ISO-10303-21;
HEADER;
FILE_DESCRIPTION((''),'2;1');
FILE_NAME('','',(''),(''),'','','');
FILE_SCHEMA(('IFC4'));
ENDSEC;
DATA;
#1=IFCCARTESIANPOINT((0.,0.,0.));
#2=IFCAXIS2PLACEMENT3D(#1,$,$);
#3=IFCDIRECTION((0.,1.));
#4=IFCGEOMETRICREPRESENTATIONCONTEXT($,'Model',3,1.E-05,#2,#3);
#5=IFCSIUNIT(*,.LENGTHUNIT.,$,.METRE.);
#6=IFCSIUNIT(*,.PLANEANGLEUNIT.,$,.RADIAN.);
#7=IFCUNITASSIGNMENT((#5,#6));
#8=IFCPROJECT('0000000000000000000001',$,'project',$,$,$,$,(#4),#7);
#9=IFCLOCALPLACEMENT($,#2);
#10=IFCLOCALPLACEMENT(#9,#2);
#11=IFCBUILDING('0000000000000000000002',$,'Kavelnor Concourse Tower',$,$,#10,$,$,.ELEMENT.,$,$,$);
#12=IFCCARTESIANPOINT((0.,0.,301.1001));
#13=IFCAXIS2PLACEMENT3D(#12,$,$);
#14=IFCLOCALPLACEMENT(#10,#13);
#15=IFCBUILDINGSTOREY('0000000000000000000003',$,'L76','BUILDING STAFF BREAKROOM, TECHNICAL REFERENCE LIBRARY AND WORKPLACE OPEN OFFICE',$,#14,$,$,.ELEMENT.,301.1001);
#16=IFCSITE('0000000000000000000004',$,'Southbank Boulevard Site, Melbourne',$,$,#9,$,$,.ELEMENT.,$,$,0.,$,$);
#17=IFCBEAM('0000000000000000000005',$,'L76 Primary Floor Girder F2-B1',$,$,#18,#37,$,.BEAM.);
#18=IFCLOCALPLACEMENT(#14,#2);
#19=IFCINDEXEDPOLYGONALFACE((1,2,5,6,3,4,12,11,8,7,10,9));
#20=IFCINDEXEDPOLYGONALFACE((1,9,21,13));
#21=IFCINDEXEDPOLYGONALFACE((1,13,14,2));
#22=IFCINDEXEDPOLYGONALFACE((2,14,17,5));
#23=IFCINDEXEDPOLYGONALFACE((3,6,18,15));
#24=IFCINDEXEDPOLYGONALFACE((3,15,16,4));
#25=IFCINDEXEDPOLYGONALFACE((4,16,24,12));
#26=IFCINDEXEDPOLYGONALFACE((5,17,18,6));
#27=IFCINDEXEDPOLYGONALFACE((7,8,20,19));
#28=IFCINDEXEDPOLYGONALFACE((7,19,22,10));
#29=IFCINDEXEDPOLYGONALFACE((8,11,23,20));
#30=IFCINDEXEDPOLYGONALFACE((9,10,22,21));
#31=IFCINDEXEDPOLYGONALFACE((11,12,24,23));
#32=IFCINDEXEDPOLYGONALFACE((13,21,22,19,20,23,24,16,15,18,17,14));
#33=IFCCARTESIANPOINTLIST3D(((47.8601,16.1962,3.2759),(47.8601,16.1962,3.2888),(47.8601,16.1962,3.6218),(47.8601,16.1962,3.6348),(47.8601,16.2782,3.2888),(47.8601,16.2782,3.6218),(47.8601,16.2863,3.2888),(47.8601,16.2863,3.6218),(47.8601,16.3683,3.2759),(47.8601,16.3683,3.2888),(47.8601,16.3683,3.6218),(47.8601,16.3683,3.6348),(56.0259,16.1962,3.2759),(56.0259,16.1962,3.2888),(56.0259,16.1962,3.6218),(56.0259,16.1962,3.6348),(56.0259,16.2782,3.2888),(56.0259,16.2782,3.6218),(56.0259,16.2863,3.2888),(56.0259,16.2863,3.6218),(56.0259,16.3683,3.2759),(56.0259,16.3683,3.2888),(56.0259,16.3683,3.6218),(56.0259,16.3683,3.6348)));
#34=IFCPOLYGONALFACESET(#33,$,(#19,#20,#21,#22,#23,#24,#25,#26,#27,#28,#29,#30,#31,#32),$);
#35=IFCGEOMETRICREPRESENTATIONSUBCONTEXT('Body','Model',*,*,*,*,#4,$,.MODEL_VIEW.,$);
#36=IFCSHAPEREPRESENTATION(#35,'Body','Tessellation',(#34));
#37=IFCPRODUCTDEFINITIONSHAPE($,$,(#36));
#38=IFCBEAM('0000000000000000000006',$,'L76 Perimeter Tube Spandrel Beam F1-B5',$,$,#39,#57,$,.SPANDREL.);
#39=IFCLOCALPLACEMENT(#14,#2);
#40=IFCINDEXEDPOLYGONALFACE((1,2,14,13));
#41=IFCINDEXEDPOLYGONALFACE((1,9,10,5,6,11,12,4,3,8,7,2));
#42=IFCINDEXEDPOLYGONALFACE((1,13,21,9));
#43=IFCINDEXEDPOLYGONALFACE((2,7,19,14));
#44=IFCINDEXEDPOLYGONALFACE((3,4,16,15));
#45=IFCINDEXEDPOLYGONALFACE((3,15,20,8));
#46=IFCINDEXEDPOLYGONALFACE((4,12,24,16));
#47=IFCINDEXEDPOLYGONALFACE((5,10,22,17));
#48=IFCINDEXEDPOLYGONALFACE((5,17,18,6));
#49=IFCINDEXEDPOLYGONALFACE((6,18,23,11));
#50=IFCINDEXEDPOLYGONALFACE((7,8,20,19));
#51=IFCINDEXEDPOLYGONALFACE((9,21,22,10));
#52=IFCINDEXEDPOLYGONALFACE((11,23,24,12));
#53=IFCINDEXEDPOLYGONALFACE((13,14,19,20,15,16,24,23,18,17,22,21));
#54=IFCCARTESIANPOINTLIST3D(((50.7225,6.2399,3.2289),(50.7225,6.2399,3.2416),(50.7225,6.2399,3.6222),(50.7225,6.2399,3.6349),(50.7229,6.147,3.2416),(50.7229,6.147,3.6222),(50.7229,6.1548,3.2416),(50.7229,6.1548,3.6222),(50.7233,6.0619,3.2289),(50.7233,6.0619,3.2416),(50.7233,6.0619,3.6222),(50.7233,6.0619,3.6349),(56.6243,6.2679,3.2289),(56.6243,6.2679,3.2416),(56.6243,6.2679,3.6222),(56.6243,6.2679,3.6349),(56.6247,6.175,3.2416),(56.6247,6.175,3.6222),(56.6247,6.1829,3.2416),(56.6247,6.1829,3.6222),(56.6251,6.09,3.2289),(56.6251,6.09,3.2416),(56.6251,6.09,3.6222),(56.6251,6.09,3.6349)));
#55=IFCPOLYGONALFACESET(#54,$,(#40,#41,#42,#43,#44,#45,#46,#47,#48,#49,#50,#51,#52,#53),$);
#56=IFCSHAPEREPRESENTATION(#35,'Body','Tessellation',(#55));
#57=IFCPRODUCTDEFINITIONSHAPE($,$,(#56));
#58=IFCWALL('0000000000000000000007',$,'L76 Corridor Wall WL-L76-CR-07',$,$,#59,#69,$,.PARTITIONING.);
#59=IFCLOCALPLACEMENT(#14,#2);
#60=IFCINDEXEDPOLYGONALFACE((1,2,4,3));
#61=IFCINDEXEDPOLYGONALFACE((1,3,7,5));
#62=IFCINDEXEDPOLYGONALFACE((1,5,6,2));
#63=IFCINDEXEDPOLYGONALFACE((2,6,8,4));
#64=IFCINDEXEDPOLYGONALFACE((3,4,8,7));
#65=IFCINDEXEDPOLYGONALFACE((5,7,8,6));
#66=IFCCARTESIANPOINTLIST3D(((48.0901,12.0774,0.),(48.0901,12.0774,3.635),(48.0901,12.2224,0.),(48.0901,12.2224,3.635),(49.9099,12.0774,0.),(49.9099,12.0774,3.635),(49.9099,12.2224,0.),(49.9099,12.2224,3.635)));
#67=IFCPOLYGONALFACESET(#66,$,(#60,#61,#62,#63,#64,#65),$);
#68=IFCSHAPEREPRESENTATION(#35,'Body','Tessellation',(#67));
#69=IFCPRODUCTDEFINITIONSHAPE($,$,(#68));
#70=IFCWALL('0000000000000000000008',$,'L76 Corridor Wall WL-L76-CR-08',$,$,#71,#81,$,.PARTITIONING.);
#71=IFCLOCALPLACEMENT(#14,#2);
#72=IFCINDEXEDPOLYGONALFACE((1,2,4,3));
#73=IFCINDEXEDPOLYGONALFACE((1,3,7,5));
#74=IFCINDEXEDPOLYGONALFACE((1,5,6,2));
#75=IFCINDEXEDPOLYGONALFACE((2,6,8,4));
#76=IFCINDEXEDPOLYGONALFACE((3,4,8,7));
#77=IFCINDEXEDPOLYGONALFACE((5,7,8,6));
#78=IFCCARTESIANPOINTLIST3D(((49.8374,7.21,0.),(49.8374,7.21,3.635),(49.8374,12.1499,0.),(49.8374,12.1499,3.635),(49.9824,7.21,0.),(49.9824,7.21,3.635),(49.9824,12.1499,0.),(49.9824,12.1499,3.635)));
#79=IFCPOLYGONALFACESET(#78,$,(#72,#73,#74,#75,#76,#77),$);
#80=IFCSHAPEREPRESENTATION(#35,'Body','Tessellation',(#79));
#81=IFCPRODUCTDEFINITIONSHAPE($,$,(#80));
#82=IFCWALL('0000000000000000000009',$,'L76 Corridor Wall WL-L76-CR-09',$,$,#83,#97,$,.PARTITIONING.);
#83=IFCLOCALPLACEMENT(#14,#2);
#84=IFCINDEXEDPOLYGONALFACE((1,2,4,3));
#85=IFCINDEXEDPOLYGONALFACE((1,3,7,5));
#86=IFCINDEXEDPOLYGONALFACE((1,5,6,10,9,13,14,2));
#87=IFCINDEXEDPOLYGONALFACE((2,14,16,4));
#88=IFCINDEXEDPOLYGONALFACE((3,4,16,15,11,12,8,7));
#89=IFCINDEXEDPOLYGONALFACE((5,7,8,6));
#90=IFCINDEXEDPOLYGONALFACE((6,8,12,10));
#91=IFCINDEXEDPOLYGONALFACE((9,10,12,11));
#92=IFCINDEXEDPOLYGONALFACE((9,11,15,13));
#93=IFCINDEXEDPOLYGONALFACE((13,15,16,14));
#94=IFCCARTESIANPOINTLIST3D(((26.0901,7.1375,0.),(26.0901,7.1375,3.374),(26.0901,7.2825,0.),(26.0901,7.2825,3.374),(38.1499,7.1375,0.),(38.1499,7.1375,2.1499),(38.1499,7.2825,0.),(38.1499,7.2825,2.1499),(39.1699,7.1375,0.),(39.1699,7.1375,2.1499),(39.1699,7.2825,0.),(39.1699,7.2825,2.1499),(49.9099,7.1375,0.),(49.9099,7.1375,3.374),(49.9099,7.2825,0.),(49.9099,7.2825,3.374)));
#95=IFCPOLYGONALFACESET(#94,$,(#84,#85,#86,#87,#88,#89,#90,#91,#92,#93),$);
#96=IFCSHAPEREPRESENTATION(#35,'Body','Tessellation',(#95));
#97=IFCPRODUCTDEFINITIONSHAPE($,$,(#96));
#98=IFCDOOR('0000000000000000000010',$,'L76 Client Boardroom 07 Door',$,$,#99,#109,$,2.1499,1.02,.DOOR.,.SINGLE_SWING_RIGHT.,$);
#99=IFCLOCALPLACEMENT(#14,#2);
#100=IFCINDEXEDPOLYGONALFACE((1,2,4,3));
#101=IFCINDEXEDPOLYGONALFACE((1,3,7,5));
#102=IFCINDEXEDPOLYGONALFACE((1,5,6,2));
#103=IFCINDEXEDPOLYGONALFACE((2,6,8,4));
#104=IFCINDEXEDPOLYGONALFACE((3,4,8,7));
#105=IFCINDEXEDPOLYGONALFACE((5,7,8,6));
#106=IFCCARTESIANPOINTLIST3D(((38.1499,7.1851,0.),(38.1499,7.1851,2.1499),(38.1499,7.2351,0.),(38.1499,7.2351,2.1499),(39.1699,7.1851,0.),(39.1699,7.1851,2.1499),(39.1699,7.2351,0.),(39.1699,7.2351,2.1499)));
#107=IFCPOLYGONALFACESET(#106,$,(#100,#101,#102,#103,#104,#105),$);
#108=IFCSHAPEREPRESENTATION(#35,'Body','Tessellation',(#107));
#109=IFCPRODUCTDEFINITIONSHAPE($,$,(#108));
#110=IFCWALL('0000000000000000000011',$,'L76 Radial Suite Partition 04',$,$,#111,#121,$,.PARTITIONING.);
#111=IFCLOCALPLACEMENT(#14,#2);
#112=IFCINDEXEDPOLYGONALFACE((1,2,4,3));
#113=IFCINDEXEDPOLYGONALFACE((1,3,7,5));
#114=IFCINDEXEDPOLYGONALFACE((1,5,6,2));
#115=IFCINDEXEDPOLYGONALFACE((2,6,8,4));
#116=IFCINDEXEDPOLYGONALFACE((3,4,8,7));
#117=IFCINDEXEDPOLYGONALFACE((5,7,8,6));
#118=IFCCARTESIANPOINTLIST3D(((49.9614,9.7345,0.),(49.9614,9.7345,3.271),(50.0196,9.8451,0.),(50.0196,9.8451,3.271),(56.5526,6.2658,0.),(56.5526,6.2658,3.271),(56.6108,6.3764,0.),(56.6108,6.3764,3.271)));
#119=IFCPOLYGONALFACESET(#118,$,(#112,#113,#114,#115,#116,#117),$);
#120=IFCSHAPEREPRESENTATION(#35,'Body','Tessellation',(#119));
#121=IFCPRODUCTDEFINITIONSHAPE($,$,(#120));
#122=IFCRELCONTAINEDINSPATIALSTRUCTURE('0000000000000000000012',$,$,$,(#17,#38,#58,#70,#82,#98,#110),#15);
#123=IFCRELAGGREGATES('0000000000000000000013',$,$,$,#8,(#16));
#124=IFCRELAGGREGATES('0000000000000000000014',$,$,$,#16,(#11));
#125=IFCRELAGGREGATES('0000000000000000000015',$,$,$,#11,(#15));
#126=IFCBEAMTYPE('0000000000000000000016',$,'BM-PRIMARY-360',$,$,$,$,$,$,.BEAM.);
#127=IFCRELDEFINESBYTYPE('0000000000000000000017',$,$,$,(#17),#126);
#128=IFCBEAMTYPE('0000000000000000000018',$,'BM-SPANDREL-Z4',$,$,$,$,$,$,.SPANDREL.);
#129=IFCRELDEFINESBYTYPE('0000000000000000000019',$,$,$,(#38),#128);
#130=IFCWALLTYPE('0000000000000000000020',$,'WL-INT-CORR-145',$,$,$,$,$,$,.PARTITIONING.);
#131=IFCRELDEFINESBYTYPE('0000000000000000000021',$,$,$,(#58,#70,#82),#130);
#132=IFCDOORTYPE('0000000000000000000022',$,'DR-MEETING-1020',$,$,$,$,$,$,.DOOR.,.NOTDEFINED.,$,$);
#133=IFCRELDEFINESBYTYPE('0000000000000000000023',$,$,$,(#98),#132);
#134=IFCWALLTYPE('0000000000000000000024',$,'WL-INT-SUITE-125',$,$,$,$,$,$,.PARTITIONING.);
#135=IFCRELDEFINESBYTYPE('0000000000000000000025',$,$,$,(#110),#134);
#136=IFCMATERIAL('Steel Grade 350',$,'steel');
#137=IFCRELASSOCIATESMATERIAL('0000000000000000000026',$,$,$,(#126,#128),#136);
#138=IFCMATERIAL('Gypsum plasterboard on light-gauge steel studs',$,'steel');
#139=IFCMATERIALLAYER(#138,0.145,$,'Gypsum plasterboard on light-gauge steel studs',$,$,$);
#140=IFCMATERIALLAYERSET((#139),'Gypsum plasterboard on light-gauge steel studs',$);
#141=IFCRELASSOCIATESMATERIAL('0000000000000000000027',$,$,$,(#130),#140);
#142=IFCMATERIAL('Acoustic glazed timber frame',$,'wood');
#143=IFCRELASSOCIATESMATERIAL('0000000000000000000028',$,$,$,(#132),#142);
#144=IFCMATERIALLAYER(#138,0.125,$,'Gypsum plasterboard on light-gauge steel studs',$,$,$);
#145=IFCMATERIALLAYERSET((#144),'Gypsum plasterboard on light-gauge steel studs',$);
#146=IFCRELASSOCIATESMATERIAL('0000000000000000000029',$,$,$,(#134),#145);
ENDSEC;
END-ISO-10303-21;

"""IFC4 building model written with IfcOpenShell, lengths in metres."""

from ifc_helpers import new_model, si_unit, direction, frame, frame_2d, origin, origin_2d, place, context, subcontext, project, spatial, rectangle, i_section, extrude, material, layer, layer_set, material_profile, profile_set, type_object, element, fill, save


model = new_model("IFC4")

# Units and contexts
model_context = context("Model", 3, precision=1e-05, world=origin(), true_north=direction((0.0, 1.0)))
body_context = subcontext(model_context, "Body", "Model", "MODEL_VIEW")
ifc_project = project(units=[si_unit("LENGTHUNIT", "METRE"), si_unit("PLANEANGLEUNIT", "RADIAN")], contexts=[model_context])

# Site, building, storey
site_placement = place(None, origin())
site = spatial("IfcSite", under=ifc_project, at=site_placement, Name="Southbank Boulevard Site, Melbourne", CompositionType="ELEMENT", RefElevation=0.0)
building_placement = place(site_placement, origin())
building = spatial("IfcBuilding", under=site, at=building_placement, Name="Kavelnor Concourse Tower", CompositionType="ELEMENT")
storey_placement = place(building_placement, frame((0.0, 0.0, 301.1001)))
storey = spatial("IfcBuildingStorey", under=building, at=storey_placement, Name="L76", Description="BUILDING STAFF BREAKROOM, TECHNICAL REFERENCE LIBRARY AND WORKPLACE OPEN OFFICE", CompositionType="ELEMENT", Elevation=301.1001)

# Shared definitions
ifc_material_1 = material(Name="Steel Grade 350", Category="steel")

# Beams
ifc_material_profile_1 = material_profile(ifc_material_1, i_section(OverallWidth=0.1721, OverallDepth=0.3589, WebThickness=0.0081, FlangeThickness=0.0129, at=origin_2d()), Name="360UB56")
ifc_profile_set_1 = profile_set([ifc_material_profile_1], Name="Steel Grade 350")
beam_type_1 = type_object("IfcBeamType", Name="BM-PRIMARY-360", PredefinedType="BEAM", material=ifc_profile_set_1)
beam_1_placement = place(storey_placement, frame((47.8601, 16.2822, 3.4553), z_axis=(1.0, 0.0, 0.0), x_axis=(0.0, 1.0, 0.0)))
element("IfcBeam", 1, at=beam_1_placement, inside=storey, type_object=beam_type_1, Name="L76 Primary Floor Girder F2-B1", PredefinedType="BEAM", context=body_context, shape_type="SweptSolid", body=[
    extrude(i_section(OverallWidth=0.1721, OverallDepth=0.3589, WebThickness=0.0081, FlangeThickness=0.0129, at=origin_2d()), origin(), (0.0, 0.0, 1.0), 8.1658),
])
ifc_material_profile_2 = material_profile(ifc_material_1, i_section(OverallWidth=0.178, OverallDepth=0.406, WebThickness=0.0078, FlangeThickness=0.0127, at=origin_2d()), Name="410UB59")
ifc_profile_set_2 = profile_set([ifc_material_profile_2], Name="Steel Grade 350")
beam_type_2 = type_object("IfcBeamType", Name="BM-SPANDREL-Z4", PredefinedType="SPANDREL", material=ifc_profile_set_2)
beam_2_placement = place(storey_placement, frame((50.7229, 6.1509, 3.4319), z_axis=(0.999989, 0.004757, 0.0), x_axis=(-0.004757, 0.999989, 0.0)))
element("IfcBeam", 2, at=beam_2_placement, inside=storey, type_object=beam_type_2, Name="L76 Perimeter Tube Spandrel Beam F1-B5", PredefinedType="SPANDREL", context=body_context, shape_type="SweptSolid", body=[
    extrude(i_section(OverallWidth=0.178, OverallDepth=0.406, WebThickness=0.0078, FlangeThickness=0.0127, at=origin_2d()), origin(), (0.0, 0.0, 1.0), 5.9019),
])

# Walls
ifc_material_2 = material(Name="Gypsum plasterboard on light-gauge steel studs", Category="steel")
ifc_layer_1 = layer(ifc_material_2, 0.145, Name="Gypsum plasterboard on light-gauge steel studs")
ifc_layer_set_1 = layer_set([ifc_layer_1], Name="Gypsum plasterboard on light-gauge steel studs")
wall_type_1 = type_object("IfcWallType", Name="WL-INT-CORR-145", PredefinedType="PARTITIONING", material=ifc_layer_set_1)
wall_1_placement = place(storey_placement, frame((48.0901, 12.1499, 0.0), z_axis=(0.0, 0.0, 1.0), x_axis=(1.0, 0.0, 0.0)))
element("IfcWall", 3, at=wall_1_placement, inside=storey, type_object=wall_type_1, Name="L76 Corridor Wall WL-L76-CR-07", PredefinedType="PARTITIONING", context=body_context, shape_type="SweptSolid", body=[
    extrude(rectangle(XDim=1.8198, YDim=0.145, at=frame_2d((0.9099, 0.0))), origin(), (0.0, 0.0, 1.0), 3.635),
])
wall_2_placement = place(storey_placement, frame((49.9099, 12.1499, 0.0), z_axis=(0.0, 0.0, 1.0), x_axis=(0.0, -1.0, 0.0)))
element("IfcWall", 4, at=wall_2_placement, inside=storey, type_object=wall_type_1, Name="L76 Corridor Wall WL-L76-CR-08", PredefinedType="PARTITIONING", context=body_context, shape_type="SweptSolid", body=[
    extrude(rectangle(XDim=4.9399, YDim=0.145, at=frame_2d((2.47, 0.0))), origin(), (0.0, 0.0, 1.0), 3.635),
])

# Wall, opening, door
wall_3_placement = place(storey_placement, frame((49.9099, 7.21, 0.0), z_axis=(0.0, 0.0, 1.0), x_axis=(-1.0, 0.0, 0.0)))
wall_3 = element("IfcWall", 5, at=wall_3_placement, inside=storey, type_object=wall_type_1, Name="L76 Corridor Wall WL-L76-CR-09", PredefinedType="PARTITIONING", context=body_context, shape_type="SweptSolid", body=[
    extrude(rectangle(XDim=23.8198, YDim=0.145, at=frame_2d((11.9099, 0.0))), origin(), (0.0, 0.0, 1.0), 3.374),
])
opening_placement = place(wall_3_placement, frame((10.74, 0.0, 0.0)))
opening = element("IfcOpeningElement", 6, at=opening_placement, cuts=wall_3, PredefinedType="OPENING", context=body_context, shape_type="SweptSolid", body=[
    extrude(rectangle(XDim=1.02, YDim=2.1499, at=frame_2d((0.51, 1.075))), frame((0.0, 0.0825, 0.0), z_axis=(0.0, -1.0, 0.0), x_axis=(1.0, 0.0, 0.0)), (0.0, 0.0, 1.0), 0.165),
])
ifc_material_3 = material(Name="Acoustic glazed timber frame", Category="wood")
door_type = type_object("IfcDoorType", Name="DR-MEETING-1020", OperationType="NOTDEFINED", PredefinedType="DOOR", material=ifc_material_3)
door_placement = place(opening_placement, origin())
door = element("IfcDoor", 7, at=door_placement, inside=storey, type_object=door_type, Name="L76 Client Boardroom 07 Door", OperationType="SINGLE_SWING_RIGHT", OverallHeight=2.1499, OverallWidth=1.02, PredefinedType="DOOR", context=body_context, shape_type="SweptSolid", body=[
    extrude(rectangle(XDim=1.02, YDim=2.1499, at=frame_2d((0.51, 1.075))), frame((0.0, 0.0249, 0.0), z_axis=(0.0, -1.0, 0.0), x_axis=(1.0, 0.0, 0.0)), (0.0, 0.0, 1.0), 0.05),
])
fill(opening, door)

# Wall
ifc_layer_2 = layer(ifc_material_2, 0.125, Name="Gypsum plasterboard on light-gauge steel studs")
ifc_layer_set_2 = layer_set([ifc_layer_2], Name="Gypsum plasterboard on light-gauge steel studs")
wall_type_2 = type_object("IfcWallType", Name="WL-INT-SUITE-125", PredefinedType="PARTITIONING", material=ifc_layer_set_2)
wall_4_placement = place(storey_placement, frame((49.9905, 9.7898, 0.0), z_axis=(0.0, 0.0, 1.0), x_axis=(0.884938, -0.465709, 0.0)))
element("IfcWall", 8, at=wall_4_placement, inside=storey, type_object=wall_type_2, Name="L76 Radial Suite Partition 04", PredefinedType="PARTITIONING", context=body_context, shape_type="SweptSolid", body=[
    extrude(rectangle(XDim=7.4482, YDim=0.125, at=frame_2d((3.7241, 0.0))), origin(), (0.0, 0.0, 1.0), 3.271),
])

save(model, "model.ifc")
